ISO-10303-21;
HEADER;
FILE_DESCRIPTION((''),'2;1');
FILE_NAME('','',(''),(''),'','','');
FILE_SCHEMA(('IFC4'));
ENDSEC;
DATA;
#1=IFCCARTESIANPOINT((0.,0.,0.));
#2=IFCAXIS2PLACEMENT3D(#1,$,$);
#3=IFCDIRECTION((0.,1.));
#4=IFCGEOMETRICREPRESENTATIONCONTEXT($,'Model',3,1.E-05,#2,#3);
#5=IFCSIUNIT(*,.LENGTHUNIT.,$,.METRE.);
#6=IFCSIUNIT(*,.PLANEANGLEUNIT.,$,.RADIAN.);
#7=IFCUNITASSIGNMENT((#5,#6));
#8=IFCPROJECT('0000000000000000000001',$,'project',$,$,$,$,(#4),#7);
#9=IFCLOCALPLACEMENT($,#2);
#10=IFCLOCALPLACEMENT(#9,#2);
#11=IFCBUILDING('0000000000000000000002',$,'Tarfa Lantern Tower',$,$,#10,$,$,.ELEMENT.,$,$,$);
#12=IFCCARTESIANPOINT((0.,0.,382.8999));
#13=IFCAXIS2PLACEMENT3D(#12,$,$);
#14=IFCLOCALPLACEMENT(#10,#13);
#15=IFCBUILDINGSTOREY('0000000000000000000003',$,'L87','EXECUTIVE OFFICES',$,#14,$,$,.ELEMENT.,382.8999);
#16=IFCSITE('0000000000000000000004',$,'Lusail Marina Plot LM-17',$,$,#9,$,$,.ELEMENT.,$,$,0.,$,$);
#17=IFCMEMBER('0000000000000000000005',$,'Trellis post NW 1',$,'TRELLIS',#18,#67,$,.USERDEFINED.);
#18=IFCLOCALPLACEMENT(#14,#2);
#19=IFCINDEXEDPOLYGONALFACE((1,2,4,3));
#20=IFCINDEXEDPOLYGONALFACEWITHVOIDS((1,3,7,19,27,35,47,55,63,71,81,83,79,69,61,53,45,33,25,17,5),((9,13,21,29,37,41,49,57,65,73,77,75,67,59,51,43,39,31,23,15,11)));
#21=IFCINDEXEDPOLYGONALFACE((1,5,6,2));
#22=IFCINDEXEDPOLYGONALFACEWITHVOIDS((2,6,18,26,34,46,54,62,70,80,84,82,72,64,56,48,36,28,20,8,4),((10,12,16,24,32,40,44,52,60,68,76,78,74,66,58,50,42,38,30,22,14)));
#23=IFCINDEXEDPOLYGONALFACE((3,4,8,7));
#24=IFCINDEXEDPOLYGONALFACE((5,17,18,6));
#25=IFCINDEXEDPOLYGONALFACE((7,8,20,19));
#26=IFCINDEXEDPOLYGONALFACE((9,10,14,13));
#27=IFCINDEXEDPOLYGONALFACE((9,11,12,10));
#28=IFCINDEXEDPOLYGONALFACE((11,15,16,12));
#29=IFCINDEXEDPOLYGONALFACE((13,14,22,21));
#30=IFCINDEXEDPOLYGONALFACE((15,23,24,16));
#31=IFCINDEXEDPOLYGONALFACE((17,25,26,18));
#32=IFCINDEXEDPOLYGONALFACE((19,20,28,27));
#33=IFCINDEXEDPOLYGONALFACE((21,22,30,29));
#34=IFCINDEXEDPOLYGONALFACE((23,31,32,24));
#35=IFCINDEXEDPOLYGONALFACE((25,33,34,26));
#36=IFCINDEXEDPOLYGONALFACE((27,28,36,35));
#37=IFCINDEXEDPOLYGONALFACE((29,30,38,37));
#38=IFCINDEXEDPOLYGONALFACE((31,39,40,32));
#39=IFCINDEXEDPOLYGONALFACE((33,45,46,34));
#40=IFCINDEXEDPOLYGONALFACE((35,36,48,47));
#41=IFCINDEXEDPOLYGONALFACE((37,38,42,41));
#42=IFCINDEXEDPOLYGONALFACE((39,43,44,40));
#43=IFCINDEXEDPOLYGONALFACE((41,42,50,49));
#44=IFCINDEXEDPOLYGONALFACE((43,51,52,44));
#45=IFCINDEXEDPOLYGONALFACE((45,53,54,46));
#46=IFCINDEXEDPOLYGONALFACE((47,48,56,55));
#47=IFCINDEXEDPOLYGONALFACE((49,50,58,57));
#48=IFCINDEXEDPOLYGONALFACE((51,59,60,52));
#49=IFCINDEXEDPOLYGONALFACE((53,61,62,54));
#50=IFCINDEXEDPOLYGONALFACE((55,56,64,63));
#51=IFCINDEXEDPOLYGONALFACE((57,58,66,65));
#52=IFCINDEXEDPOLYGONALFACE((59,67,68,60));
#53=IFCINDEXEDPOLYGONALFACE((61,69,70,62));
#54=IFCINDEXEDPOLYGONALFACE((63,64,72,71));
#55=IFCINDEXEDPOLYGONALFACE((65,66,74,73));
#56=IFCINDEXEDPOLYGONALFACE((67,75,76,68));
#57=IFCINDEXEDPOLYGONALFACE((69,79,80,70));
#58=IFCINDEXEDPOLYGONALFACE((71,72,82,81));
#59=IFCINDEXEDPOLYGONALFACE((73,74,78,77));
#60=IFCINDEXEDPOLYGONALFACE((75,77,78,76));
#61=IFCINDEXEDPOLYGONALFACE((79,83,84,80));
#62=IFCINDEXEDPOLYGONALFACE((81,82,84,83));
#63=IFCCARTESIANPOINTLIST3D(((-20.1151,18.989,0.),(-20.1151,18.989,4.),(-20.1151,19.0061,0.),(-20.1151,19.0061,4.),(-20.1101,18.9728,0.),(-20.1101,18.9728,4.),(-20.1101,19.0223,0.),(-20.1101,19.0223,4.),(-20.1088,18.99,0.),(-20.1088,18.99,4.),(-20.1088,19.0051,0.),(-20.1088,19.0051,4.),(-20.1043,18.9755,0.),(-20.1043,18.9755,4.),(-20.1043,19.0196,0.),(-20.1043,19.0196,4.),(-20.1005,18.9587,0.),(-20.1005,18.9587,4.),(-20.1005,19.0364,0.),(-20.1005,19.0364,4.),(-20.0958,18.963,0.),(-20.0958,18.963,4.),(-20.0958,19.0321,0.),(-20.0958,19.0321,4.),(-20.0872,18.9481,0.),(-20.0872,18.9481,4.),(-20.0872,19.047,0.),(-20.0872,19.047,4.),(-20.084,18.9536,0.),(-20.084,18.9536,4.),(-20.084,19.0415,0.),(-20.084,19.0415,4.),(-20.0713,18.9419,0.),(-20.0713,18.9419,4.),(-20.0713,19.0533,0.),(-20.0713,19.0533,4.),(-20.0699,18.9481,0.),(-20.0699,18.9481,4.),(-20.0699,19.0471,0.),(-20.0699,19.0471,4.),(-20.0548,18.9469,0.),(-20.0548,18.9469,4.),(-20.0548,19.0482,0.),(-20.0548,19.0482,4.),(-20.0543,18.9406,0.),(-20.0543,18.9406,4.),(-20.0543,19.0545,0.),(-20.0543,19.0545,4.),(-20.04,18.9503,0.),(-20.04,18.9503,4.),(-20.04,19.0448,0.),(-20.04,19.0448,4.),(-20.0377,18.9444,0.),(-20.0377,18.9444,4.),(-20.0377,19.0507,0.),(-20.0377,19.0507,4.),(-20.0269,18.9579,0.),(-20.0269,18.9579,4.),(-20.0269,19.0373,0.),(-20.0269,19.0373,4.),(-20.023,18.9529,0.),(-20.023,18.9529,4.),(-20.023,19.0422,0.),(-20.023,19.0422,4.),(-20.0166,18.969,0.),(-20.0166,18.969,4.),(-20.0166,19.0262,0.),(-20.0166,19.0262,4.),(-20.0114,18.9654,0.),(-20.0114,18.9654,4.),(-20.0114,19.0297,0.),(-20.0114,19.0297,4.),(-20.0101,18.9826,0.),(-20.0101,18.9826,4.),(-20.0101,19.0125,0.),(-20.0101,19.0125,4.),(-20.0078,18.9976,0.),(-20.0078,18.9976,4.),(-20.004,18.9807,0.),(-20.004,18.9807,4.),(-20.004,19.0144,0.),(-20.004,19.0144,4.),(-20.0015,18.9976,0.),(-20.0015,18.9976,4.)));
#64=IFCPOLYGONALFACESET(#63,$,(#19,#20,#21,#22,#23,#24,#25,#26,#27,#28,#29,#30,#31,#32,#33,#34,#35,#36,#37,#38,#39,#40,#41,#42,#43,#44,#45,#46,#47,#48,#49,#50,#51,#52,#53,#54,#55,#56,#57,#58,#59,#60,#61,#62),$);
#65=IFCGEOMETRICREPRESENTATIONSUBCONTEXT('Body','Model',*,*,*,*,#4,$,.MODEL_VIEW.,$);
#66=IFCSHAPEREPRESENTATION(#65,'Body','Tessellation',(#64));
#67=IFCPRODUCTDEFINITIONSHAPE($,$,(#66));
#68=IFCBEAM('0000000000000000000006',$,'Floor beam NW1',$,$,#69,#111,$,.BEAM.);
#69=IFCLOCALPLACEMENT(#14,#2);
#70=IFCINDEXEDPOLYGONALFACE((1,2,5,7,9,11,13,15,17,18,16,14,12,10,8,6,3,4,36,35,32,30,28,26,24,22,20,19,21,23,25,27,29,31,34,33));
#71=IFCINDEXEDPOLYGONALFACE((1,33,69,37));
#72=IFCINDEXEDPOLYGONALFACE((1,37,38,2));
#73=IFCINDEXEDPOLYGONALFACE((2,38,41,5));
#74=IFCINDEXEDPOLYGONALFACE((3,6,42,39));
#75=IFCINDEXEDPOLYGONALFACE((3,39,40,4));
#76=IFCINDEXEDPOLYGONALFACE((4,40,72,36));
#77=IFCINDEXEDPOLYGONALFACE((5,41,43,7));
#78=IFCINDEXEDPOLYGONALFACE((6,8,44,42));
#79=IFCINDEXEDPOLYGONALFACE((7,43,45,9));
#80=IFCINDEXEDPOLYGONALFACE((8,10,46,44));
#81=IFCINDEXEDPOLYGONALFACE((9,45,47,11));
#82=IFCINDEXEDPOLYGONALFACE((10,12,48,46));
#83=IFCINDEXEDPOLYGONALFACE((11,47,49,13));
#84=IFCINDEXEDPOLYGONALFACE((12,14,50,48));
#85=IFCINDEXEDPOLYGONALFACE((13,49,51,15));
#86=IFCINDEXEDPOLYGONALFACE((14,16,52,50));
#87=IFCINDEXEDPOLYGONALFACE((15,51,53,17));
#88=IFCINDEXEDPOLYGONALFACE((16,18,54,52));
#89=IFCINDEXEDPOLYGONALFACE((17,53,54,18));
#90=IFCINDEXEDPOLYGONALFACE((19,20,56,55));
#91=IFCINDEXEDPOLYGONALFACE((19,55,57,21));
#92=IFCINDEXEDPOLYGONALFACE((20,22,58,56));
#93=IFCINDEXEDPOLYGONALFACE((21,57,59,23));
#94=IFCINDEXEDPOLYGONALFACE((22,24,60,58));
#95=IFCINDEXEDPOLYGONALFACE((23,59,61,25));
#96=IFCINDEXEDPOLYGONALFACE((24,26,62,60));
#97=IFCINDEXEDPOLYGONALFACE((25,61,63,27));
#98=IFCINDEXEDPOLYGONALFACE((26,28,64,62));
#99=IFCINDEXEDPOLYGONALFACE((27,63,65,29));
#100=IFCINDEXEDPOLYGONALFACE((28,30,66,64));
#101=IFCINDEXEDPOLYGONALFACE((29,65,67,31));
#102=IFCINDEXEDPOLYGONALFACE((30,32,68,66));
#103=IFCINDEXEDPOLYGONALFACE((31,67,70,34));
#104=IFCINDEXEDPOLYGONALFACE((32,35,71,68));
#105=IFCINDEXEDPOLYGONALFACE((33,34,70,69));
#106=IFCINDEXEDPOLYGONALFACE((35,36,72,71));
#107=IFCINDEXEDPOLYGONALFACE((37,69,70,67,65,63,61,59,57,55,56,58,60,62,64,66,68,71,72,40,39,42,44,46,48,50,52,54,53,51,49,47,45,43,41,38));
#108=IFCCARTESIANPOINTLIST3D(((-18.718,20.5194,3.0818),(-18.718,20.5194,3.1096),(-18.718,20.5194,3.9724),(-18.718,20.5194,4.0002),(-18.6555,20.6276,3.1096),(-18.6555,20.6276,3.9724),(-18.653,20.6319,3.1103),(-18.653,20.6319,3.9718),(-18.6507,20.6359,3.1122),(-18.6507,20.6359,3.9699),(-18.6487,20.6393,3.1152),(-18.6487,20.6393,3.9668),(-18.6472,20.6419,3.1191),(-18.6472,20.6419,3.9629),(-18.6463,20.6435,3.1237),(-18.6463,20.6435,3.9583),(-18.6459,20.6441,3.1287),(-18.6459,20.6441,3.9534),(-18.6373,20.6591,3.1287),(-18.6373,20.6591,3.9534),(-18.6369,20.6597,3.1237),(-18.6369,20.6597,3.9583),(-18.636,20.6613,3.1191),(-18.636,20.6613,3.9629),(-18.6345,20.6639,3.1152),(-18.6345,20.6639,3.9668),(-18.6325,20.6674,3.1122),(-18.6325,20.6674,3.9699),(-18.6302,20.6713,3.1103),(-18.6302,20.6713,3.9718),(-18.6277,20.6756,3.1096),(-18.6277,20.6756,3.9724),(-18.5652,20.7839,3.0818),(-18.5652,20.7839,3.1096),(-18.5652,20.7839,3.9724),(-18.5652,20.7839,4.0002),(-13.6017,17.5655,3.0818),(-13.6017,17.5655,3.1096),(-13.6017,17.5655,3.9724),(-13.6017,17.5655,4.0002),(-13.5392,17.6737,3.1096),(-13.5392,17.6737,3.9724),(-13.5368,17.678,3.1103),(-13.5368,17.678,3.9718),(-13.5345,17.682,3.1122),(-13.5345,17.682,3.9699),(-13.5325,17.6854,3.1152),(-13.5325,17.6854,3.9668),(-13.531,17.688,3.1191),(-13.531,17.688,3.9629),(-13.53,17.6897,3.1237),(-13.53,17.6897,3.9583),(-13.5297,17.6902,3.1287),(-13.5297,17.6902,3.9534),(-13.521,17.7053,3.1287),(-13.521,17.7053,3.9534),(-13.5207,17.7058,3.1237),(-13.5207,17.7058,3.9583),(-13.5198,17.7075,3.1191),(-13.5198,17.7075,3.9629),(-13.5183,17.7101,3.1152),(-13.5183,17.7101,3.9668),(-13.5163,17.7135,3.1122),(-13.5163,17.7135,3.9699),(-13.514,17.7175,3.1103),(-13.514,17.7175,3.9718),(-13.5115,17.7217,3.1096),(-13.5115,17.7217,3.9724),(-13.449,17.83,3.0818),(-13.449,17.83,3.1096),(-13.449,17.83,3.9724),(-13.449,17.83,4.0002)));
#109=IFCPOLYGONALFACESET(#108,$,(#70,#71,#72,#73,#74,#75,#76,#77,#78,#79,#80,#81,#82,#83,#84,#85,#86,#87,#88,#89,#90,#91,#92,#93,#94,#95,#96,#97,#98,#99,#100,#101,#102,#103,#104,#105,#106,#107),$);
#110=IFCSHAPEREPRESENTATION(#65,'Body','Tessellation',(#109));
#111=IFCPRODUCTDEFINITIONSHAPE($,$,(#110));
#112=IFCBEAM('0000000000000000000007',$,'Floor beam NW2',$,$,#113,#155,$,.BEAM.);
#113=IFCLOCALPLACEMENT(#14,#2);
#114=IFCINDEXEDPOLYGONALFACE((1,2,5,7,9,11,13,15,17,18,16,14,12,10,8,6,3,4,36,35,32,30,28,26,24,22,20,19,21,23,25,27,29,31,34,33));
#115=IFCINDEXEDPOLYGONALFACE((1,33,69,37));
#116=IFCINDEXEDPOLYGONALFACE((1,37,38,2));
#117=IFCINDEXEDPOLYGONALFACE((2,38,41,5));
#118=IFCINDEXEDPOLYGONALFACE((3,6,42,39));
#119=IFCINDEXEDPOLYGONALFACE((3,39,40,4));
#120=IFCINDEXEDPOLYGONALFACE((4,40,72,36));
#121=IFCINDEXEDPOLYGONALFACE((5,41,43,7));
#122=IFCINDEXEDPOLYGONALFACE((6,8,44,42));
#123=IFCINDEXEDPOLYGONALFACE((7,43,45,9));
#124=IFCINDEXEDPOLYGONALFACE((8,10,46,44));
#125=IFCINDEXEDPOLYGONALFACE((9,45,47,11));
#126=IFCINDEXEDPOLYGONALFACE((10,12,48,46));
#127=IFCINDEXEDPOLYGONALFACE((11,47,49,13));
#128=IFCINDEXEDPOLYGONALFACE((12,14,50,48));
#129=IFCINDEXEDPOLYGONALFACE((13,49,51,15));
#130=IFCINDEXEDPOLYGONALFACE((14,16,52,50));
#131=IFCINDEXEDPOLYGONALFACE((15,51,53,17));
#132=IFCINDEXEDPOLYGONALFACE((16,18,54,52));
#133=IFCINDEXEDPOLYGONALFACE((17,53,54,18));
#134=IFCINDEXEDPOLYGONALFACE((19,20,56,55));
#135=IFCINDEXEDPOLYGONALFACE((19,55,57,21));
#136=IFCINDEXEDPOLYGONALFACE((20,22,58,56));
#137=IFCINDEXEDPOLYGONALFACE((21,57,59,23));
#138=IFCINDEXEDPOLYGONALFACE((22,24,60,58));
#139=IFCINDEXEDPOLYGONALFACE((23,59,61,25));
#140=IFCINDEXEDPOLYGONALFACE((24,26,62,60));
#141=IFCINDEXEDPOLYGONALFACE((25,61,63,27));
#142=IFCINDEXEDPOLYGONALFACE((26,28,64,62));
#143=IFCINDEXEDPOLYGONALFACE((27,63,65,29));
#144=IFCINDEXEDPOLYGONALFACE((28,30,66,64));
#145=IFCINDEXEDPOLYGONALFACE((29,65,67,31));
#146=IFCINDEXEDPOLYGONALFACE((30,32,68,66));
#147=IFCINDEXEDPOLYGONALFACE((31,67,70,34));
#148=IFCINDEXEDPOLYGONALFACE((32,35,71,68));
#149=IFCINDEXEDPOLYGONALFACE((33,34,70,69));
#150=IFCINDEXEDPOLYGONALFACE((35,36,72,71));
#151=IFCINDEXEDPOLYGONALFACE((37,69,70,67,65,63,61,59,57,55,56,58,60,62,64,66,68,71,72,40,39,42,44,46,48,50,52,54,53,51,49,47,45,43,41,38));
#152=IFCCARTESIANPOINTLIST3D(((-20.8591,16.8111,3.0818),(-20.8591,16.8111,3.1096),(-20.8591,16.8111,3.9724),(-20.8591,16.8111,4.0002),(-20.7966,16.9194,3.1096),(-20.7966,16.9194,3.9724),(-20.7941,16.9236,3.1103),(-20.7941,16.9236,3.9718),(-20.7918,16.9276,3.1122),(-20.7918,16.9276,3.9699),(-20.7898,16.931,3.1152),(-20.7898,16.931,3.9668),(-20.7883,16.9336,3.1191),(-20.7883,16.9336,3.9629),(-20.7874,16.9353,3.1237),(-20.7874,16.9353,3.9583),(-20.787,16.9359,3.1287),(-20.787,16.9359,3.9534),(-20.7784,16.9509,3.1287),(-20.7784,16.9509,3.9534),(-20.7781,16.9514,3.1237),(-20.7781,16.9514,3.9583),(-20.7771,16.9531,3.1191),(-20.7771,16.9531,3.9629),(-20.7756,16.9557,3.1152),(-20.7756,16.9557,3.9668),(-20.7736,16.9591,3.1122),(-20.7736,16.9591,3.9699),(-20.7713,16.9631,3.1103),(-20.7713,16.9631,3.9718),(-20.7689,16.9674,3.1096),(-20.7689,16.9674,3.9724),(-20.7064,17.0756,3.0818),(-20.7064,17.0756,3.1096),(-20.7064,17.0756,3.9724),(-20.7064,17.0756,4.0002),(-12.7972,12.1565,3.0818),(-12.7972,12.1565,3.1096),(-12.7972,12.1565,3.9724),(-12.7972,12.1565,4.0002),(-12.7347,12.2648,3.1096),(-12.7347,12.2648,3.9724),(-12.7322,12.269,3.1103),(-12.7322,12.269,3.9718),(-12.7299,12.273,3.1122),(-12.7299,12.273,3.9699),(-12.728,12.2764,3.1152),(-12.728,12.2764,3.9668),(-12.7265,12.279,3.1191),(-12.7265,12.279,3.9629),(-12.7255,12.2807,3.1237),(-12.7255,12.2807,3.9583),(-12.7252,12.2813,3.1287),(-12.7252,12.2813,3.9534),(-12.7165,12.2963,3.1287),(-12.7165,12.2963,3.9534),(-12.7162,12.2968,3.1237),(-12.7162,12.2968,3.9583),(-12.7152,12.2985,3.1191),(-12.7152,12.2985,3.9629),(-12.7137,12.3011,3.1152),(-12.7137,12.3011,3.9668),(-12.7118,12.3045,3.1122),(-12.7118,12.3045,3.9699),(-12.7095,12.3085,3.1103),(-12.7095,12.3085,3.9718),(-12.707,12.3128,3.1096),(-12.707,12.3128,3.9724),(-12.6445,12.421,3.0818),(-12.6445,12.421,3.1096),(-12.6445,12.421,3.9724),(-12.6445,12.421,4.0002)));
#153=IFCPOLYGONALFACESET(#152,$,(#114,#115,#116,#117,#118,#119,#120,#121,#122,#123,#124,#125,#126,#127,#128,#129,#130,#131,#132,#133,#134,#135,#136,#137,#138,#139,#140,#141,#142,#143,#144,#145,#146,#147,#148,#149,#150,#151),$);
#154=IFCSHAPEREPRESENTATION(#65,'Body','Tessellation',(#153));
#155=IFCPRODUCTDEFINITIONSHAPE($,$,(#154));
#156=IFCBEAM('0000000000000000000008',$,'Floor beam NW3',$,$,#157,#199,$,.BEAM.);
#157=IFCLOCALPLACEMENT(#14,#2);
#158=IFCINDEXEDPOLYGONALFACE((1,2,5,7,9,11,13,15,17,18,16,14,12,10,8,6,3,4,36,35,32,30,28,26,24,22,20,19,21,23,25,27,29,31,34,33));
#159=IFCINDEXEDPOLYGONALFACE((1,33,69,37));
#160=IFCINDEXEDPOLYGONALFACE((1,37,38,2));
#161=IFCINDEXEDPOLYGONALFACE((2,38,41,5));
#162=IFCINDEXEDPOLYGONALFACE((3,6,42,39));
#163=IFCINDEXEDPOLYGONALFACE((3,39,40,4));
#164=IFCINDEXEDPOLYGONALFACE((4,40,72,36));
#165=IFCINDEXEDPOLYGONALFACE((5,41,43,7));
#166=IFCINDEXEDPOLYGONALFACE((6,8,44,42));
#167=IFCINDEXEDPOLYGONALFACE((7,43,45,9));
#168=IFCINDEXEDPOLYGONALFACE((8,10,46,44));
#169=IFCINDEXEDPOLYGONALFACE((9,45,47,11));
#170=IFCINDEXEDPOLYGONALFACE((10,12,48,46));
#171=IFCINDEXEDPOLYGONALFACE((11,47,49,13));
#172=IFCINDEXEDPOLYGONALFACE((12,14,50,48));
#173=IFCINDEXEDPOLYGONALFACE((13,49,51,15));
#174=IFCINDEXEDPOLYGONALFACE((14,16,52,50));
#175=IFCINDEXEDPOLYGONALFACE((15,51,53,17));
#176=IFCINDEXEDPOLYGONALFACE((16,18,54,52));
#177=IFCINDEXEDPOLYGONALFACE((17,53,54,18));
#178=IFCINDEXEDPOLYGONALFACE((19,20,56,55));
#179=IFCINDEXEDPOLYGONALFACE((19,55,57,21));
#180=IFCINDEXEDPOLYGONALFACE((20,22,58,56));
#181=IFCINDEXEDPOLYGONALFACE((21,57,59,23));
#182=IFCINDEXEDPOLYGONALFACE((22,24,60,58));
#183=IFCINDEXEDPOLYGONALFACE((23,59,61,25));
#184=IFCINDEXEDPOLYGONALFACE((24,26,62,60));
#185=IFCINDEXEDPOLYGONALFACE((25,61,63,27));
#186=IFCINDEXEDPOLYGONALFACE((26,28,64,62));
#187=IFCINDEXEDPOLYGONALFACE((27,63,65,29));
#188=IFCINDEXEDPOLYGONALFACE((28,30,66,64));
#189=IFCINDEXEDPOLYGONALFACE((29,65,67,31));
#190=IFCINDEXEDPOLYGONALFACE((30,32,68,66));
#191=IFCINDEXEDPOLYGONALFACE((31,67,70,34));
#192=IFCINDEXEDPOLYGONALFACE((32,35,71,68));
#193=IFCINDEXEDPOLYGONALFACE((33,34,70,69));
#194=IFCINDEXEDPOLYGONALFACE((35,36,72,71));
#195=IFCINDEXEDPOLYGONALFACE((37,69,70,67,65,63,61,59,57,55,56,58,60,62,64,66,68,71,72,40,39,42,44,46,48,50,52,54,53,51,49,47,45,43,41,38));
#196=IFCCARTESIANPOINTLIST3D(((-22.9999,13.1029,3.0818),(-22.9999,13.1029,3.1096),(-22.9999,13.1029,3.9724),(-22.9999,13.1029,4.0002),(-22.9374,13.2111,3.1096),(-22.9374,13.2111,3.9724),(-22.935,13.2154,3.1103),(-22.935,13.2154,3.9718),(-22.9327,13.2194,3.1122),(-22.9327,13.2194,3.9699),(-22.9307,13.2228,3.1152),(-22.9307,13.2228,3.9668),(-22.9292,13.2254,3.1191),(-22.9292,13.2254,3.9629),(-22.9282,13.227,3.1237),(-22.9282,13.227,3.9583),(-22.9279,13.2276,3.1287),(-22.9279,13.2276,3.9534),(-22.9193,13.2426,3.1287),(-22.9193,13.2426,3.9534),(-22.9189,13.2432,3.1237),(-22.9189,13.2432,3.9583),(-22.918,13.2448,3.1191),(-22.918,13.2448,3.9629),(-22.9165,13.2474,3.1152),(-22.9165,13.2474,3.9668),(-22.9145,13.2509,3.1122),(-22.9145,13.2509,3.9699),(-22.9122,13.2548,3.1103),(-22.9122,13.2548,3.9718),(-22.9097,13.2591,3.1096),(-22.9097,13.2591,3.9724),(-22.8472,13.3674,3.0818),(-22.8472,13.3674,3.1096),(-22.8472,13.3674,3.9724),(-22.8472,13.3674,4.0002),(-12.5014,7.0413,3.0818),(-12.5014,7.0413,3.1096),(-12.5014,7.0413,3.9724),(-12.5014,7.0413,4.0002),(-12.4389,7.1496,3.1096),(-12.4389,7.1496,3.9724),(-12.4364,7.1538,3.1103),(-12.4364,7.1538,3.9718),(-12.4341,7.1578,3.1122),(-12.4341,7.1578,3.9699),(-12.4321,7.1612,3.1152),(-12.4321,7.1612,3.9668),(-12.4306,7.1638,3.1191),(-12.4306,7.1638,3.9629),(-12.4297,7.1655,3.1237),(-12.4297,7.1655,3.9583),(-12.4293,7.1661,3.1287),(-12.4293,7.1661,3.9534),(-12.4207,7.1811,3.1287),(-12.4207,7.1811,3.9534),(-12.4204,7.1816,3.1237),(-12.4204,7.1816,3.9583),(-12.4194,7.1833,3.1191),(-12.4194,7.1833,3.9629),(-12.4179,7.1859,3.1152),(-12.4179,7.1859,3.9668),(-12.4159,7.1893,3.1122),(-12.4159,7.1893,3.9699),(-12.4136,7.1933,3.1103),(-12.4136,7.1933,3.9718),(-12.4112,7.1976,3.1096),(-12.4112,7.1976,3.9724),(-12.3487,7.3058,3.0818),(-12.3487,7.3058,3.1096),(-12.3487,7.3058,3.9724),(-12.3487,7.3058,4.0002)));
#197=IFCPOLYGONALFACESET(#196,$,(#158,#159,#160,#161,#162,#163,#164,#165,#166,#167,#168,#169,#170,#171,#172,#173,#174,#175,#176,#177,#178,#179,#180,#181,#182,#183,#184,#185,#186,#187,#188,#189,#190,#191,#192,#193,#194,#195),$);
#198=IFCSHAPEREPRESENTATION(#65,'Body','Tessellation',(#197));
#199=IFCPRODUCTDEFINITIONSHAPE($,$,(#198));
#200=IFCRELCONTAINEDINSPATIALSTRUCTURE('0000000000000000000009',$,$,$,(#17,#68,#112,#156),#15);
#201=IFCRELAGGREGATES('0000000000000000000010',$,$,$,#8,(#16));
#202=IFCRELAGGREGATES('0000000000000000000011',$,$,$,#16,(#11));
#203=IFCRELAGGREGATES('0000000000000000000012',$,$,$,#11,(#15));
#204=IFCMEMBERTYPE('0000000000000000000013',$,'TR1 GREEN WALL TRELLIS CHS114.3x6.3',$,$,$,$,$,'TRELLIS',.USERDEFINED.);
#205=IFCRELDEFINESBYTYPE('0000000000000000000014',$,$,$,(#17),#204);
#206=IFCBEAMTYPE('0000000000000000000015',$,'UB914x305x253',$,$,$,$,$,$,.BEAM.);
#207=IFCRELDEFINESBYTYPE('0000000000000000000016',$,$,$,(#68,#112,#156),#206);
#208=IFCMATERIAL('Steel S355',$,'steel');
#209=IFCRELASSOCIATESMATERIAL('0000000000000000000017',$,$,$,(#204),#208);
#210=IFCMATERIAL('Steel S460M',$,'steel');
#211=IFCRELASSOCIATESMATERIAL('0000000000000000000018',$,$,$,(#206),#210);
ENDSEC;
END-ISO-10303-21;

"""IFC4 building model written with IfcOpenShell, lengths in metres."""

from ifc_helpers import new_model, si_unit, direction, frame, origin, origin_2d, place, context, subcontext, project, spatial, hollow_circle, i_section, extrude, material, material_profile, profile_set, type_object, element, save


model = new_model("IFC4")

# Units and contexts
model_context = context("Model", 3, precision=1e-05, world=origin(), true_north=direction((0.0, 1.0)))
body_context = subcontext(model_context, "Body", "Model", "MODEL_VIEW")
ifc_project = project(units=[si_unit("LENGTHUNIT", "METRE"), si_unit("PLANEANGLEUNIT", "RADIAN")], contexts=[model_context])

# Site, building, storey
site_placement = place(None, origin())
site = spatial("IfcSite", under=ifc_project, at=site_placement, Name="Lusail Marina Plot LM-17", CompositionType="ELEMENT", RefElevation=0.0)
building_placement = place(site_placement, origin())
building = spatial("IfcBuilding", under=site, at=building_placement, Name="Tarfa Lantern Tower", CompositionType="ELEMENT")
storey_placement = place(building_placement, frame((0.0, 0.0, 382.8999)))
storey = spatial("IfcBuildingStorey", under=building, at=storey_placement, Name="L87", Description="EXECUTIVE OFFICES", CompositionType="ELEMENT", Elevation=382.8999)

# Member
ifc_material_1 = material(Name="Steel S355", Category="steel")
ifc_material_profile_1 = material_profile(ifc_material_1, hollow_circle(Radius=0.0571, WallThickness=0.0063, at=origin_2d()), Name="CHS114.3x6.3")
ifc_profile_set_1 = profile_set([ifc_material_profile_1], Name="Steel S355")
member_type_1 = type_object("IfcMemberType", Name="TR1 GREEN WALL TRELLIS CHS114.3x6.3", ElementType="TRELLIS", PredefinedType="USERDEFINED", material=ifc_profile_set_1)
member_1_placement = place(storey_placement, frame((-20.0586, 18.9976, 0.0), z_axis=(0.0, 0.0, 1.0), x_axis=(1.0, 0.0, 0.0)))
element("IfcMember", 1, at=member_1_placement, inside=storey, type_object=member_type_1, Name="Trellis post NW 1", ObjectType="TRELLIS", PredefinedType="USERDEFINED", context=body_context, shape_type="SweptSolid", body=[
    extrude(hollow_circle(Radius=0.0571, WallThickness=0.0063, at=origin_2d()), origin(), (0.0, 0.0, 1.0), 4.0),
])

# Beams
ifc_material_2 = material(Name="Steel S460M", Category="steel")
ifc_material_profile_2 = material_profile(ifc_material_2, i_section(OverallWidth=0.3054, OverallDepth=0.9185, WebThickness=0.0173, FlangeThickness=0.0278, FilletRadius=0.019, at=origin_2d()), Name="UB914x305x253")
ifc_profile_set_2 = profile_set([ifc_material_profile_2], Name="Steel S460M")
beam_type_1 = type_object("IfcBeamType", Name="UB914x305x253", PredefinedType="BEAM", material=ifc_profile_set_2)
beam_1_placement = place(storey_placement, frame((-18.6416, 20.6516, 3.541), z_axis=(0.866025, -0.500001, 0.0), x_axis=(0.500001, 0.866025, 0.0)))
element("IfcBeam", 2, at=beam_1_placement, inside=storey, type_object=beam_type_1, Name="Floor beam NW1", PredefinedType="BEAM", context=body_context, shape_type="SweptSolid", body=[
    extrude(i_section(OverallWidth=0.3054, OverallDepth=0.9185, WebThickness=0.0173, FlangeThickness=0.0278, FilletRadius=0.019, at=origin_2d()), origin(), (0.0, 0.0, 1.0), 5.9077),
])
beam_2_placement = place(storey_placement, frame((-20.7827, 16.9434, 3.541), z_axis=(0.866022, -0.500006, 0.0), x_axis=(0.500006, 0.866022, 0.0)))
element("IfcBeam", 3, at=beam_2_placement, inside=storey, type_object=beam_type_1, Name="Floor beam NW2", PredefinedType="BEAM", context=body_context, shape_type="SweptSolid", body=[
    extrude(i_section(OverallWidth=0.3054, OverallDepth=0.9185, WebThickness=0.0173, FlangeThickness=0.0278, FilletRadius=0.019, at=origin_2d()), origin(), (0.0, 0.0, 1.0), 9.3091),
])
beam_3_placement = place(storey_placement, frame((-22.9236, 13.2351, 3.541), z_axis=(0.866019, -0.500012, 0.0), x_axis=(0.500012, 0.866019, 0.0)))
element("IfcBeam", 4, at=beam_3_placement, inside=storey, type_object=beam_type_1, Name="Floor beam NW3", PredefinedType="BEAM", context=body_context, shape_type="SweptSolid", body=[
    extrude(i_section(OverallWidth=0.3054, OverallDepth=0.9185, WebThickness=0.0173, FlangeThickness=0.0278, FilletRadius=0.019, at=origin_2d()), origin(), (0.0, 0.0, 1.0), 12.1228),
])

save(model, "model.ifc")
